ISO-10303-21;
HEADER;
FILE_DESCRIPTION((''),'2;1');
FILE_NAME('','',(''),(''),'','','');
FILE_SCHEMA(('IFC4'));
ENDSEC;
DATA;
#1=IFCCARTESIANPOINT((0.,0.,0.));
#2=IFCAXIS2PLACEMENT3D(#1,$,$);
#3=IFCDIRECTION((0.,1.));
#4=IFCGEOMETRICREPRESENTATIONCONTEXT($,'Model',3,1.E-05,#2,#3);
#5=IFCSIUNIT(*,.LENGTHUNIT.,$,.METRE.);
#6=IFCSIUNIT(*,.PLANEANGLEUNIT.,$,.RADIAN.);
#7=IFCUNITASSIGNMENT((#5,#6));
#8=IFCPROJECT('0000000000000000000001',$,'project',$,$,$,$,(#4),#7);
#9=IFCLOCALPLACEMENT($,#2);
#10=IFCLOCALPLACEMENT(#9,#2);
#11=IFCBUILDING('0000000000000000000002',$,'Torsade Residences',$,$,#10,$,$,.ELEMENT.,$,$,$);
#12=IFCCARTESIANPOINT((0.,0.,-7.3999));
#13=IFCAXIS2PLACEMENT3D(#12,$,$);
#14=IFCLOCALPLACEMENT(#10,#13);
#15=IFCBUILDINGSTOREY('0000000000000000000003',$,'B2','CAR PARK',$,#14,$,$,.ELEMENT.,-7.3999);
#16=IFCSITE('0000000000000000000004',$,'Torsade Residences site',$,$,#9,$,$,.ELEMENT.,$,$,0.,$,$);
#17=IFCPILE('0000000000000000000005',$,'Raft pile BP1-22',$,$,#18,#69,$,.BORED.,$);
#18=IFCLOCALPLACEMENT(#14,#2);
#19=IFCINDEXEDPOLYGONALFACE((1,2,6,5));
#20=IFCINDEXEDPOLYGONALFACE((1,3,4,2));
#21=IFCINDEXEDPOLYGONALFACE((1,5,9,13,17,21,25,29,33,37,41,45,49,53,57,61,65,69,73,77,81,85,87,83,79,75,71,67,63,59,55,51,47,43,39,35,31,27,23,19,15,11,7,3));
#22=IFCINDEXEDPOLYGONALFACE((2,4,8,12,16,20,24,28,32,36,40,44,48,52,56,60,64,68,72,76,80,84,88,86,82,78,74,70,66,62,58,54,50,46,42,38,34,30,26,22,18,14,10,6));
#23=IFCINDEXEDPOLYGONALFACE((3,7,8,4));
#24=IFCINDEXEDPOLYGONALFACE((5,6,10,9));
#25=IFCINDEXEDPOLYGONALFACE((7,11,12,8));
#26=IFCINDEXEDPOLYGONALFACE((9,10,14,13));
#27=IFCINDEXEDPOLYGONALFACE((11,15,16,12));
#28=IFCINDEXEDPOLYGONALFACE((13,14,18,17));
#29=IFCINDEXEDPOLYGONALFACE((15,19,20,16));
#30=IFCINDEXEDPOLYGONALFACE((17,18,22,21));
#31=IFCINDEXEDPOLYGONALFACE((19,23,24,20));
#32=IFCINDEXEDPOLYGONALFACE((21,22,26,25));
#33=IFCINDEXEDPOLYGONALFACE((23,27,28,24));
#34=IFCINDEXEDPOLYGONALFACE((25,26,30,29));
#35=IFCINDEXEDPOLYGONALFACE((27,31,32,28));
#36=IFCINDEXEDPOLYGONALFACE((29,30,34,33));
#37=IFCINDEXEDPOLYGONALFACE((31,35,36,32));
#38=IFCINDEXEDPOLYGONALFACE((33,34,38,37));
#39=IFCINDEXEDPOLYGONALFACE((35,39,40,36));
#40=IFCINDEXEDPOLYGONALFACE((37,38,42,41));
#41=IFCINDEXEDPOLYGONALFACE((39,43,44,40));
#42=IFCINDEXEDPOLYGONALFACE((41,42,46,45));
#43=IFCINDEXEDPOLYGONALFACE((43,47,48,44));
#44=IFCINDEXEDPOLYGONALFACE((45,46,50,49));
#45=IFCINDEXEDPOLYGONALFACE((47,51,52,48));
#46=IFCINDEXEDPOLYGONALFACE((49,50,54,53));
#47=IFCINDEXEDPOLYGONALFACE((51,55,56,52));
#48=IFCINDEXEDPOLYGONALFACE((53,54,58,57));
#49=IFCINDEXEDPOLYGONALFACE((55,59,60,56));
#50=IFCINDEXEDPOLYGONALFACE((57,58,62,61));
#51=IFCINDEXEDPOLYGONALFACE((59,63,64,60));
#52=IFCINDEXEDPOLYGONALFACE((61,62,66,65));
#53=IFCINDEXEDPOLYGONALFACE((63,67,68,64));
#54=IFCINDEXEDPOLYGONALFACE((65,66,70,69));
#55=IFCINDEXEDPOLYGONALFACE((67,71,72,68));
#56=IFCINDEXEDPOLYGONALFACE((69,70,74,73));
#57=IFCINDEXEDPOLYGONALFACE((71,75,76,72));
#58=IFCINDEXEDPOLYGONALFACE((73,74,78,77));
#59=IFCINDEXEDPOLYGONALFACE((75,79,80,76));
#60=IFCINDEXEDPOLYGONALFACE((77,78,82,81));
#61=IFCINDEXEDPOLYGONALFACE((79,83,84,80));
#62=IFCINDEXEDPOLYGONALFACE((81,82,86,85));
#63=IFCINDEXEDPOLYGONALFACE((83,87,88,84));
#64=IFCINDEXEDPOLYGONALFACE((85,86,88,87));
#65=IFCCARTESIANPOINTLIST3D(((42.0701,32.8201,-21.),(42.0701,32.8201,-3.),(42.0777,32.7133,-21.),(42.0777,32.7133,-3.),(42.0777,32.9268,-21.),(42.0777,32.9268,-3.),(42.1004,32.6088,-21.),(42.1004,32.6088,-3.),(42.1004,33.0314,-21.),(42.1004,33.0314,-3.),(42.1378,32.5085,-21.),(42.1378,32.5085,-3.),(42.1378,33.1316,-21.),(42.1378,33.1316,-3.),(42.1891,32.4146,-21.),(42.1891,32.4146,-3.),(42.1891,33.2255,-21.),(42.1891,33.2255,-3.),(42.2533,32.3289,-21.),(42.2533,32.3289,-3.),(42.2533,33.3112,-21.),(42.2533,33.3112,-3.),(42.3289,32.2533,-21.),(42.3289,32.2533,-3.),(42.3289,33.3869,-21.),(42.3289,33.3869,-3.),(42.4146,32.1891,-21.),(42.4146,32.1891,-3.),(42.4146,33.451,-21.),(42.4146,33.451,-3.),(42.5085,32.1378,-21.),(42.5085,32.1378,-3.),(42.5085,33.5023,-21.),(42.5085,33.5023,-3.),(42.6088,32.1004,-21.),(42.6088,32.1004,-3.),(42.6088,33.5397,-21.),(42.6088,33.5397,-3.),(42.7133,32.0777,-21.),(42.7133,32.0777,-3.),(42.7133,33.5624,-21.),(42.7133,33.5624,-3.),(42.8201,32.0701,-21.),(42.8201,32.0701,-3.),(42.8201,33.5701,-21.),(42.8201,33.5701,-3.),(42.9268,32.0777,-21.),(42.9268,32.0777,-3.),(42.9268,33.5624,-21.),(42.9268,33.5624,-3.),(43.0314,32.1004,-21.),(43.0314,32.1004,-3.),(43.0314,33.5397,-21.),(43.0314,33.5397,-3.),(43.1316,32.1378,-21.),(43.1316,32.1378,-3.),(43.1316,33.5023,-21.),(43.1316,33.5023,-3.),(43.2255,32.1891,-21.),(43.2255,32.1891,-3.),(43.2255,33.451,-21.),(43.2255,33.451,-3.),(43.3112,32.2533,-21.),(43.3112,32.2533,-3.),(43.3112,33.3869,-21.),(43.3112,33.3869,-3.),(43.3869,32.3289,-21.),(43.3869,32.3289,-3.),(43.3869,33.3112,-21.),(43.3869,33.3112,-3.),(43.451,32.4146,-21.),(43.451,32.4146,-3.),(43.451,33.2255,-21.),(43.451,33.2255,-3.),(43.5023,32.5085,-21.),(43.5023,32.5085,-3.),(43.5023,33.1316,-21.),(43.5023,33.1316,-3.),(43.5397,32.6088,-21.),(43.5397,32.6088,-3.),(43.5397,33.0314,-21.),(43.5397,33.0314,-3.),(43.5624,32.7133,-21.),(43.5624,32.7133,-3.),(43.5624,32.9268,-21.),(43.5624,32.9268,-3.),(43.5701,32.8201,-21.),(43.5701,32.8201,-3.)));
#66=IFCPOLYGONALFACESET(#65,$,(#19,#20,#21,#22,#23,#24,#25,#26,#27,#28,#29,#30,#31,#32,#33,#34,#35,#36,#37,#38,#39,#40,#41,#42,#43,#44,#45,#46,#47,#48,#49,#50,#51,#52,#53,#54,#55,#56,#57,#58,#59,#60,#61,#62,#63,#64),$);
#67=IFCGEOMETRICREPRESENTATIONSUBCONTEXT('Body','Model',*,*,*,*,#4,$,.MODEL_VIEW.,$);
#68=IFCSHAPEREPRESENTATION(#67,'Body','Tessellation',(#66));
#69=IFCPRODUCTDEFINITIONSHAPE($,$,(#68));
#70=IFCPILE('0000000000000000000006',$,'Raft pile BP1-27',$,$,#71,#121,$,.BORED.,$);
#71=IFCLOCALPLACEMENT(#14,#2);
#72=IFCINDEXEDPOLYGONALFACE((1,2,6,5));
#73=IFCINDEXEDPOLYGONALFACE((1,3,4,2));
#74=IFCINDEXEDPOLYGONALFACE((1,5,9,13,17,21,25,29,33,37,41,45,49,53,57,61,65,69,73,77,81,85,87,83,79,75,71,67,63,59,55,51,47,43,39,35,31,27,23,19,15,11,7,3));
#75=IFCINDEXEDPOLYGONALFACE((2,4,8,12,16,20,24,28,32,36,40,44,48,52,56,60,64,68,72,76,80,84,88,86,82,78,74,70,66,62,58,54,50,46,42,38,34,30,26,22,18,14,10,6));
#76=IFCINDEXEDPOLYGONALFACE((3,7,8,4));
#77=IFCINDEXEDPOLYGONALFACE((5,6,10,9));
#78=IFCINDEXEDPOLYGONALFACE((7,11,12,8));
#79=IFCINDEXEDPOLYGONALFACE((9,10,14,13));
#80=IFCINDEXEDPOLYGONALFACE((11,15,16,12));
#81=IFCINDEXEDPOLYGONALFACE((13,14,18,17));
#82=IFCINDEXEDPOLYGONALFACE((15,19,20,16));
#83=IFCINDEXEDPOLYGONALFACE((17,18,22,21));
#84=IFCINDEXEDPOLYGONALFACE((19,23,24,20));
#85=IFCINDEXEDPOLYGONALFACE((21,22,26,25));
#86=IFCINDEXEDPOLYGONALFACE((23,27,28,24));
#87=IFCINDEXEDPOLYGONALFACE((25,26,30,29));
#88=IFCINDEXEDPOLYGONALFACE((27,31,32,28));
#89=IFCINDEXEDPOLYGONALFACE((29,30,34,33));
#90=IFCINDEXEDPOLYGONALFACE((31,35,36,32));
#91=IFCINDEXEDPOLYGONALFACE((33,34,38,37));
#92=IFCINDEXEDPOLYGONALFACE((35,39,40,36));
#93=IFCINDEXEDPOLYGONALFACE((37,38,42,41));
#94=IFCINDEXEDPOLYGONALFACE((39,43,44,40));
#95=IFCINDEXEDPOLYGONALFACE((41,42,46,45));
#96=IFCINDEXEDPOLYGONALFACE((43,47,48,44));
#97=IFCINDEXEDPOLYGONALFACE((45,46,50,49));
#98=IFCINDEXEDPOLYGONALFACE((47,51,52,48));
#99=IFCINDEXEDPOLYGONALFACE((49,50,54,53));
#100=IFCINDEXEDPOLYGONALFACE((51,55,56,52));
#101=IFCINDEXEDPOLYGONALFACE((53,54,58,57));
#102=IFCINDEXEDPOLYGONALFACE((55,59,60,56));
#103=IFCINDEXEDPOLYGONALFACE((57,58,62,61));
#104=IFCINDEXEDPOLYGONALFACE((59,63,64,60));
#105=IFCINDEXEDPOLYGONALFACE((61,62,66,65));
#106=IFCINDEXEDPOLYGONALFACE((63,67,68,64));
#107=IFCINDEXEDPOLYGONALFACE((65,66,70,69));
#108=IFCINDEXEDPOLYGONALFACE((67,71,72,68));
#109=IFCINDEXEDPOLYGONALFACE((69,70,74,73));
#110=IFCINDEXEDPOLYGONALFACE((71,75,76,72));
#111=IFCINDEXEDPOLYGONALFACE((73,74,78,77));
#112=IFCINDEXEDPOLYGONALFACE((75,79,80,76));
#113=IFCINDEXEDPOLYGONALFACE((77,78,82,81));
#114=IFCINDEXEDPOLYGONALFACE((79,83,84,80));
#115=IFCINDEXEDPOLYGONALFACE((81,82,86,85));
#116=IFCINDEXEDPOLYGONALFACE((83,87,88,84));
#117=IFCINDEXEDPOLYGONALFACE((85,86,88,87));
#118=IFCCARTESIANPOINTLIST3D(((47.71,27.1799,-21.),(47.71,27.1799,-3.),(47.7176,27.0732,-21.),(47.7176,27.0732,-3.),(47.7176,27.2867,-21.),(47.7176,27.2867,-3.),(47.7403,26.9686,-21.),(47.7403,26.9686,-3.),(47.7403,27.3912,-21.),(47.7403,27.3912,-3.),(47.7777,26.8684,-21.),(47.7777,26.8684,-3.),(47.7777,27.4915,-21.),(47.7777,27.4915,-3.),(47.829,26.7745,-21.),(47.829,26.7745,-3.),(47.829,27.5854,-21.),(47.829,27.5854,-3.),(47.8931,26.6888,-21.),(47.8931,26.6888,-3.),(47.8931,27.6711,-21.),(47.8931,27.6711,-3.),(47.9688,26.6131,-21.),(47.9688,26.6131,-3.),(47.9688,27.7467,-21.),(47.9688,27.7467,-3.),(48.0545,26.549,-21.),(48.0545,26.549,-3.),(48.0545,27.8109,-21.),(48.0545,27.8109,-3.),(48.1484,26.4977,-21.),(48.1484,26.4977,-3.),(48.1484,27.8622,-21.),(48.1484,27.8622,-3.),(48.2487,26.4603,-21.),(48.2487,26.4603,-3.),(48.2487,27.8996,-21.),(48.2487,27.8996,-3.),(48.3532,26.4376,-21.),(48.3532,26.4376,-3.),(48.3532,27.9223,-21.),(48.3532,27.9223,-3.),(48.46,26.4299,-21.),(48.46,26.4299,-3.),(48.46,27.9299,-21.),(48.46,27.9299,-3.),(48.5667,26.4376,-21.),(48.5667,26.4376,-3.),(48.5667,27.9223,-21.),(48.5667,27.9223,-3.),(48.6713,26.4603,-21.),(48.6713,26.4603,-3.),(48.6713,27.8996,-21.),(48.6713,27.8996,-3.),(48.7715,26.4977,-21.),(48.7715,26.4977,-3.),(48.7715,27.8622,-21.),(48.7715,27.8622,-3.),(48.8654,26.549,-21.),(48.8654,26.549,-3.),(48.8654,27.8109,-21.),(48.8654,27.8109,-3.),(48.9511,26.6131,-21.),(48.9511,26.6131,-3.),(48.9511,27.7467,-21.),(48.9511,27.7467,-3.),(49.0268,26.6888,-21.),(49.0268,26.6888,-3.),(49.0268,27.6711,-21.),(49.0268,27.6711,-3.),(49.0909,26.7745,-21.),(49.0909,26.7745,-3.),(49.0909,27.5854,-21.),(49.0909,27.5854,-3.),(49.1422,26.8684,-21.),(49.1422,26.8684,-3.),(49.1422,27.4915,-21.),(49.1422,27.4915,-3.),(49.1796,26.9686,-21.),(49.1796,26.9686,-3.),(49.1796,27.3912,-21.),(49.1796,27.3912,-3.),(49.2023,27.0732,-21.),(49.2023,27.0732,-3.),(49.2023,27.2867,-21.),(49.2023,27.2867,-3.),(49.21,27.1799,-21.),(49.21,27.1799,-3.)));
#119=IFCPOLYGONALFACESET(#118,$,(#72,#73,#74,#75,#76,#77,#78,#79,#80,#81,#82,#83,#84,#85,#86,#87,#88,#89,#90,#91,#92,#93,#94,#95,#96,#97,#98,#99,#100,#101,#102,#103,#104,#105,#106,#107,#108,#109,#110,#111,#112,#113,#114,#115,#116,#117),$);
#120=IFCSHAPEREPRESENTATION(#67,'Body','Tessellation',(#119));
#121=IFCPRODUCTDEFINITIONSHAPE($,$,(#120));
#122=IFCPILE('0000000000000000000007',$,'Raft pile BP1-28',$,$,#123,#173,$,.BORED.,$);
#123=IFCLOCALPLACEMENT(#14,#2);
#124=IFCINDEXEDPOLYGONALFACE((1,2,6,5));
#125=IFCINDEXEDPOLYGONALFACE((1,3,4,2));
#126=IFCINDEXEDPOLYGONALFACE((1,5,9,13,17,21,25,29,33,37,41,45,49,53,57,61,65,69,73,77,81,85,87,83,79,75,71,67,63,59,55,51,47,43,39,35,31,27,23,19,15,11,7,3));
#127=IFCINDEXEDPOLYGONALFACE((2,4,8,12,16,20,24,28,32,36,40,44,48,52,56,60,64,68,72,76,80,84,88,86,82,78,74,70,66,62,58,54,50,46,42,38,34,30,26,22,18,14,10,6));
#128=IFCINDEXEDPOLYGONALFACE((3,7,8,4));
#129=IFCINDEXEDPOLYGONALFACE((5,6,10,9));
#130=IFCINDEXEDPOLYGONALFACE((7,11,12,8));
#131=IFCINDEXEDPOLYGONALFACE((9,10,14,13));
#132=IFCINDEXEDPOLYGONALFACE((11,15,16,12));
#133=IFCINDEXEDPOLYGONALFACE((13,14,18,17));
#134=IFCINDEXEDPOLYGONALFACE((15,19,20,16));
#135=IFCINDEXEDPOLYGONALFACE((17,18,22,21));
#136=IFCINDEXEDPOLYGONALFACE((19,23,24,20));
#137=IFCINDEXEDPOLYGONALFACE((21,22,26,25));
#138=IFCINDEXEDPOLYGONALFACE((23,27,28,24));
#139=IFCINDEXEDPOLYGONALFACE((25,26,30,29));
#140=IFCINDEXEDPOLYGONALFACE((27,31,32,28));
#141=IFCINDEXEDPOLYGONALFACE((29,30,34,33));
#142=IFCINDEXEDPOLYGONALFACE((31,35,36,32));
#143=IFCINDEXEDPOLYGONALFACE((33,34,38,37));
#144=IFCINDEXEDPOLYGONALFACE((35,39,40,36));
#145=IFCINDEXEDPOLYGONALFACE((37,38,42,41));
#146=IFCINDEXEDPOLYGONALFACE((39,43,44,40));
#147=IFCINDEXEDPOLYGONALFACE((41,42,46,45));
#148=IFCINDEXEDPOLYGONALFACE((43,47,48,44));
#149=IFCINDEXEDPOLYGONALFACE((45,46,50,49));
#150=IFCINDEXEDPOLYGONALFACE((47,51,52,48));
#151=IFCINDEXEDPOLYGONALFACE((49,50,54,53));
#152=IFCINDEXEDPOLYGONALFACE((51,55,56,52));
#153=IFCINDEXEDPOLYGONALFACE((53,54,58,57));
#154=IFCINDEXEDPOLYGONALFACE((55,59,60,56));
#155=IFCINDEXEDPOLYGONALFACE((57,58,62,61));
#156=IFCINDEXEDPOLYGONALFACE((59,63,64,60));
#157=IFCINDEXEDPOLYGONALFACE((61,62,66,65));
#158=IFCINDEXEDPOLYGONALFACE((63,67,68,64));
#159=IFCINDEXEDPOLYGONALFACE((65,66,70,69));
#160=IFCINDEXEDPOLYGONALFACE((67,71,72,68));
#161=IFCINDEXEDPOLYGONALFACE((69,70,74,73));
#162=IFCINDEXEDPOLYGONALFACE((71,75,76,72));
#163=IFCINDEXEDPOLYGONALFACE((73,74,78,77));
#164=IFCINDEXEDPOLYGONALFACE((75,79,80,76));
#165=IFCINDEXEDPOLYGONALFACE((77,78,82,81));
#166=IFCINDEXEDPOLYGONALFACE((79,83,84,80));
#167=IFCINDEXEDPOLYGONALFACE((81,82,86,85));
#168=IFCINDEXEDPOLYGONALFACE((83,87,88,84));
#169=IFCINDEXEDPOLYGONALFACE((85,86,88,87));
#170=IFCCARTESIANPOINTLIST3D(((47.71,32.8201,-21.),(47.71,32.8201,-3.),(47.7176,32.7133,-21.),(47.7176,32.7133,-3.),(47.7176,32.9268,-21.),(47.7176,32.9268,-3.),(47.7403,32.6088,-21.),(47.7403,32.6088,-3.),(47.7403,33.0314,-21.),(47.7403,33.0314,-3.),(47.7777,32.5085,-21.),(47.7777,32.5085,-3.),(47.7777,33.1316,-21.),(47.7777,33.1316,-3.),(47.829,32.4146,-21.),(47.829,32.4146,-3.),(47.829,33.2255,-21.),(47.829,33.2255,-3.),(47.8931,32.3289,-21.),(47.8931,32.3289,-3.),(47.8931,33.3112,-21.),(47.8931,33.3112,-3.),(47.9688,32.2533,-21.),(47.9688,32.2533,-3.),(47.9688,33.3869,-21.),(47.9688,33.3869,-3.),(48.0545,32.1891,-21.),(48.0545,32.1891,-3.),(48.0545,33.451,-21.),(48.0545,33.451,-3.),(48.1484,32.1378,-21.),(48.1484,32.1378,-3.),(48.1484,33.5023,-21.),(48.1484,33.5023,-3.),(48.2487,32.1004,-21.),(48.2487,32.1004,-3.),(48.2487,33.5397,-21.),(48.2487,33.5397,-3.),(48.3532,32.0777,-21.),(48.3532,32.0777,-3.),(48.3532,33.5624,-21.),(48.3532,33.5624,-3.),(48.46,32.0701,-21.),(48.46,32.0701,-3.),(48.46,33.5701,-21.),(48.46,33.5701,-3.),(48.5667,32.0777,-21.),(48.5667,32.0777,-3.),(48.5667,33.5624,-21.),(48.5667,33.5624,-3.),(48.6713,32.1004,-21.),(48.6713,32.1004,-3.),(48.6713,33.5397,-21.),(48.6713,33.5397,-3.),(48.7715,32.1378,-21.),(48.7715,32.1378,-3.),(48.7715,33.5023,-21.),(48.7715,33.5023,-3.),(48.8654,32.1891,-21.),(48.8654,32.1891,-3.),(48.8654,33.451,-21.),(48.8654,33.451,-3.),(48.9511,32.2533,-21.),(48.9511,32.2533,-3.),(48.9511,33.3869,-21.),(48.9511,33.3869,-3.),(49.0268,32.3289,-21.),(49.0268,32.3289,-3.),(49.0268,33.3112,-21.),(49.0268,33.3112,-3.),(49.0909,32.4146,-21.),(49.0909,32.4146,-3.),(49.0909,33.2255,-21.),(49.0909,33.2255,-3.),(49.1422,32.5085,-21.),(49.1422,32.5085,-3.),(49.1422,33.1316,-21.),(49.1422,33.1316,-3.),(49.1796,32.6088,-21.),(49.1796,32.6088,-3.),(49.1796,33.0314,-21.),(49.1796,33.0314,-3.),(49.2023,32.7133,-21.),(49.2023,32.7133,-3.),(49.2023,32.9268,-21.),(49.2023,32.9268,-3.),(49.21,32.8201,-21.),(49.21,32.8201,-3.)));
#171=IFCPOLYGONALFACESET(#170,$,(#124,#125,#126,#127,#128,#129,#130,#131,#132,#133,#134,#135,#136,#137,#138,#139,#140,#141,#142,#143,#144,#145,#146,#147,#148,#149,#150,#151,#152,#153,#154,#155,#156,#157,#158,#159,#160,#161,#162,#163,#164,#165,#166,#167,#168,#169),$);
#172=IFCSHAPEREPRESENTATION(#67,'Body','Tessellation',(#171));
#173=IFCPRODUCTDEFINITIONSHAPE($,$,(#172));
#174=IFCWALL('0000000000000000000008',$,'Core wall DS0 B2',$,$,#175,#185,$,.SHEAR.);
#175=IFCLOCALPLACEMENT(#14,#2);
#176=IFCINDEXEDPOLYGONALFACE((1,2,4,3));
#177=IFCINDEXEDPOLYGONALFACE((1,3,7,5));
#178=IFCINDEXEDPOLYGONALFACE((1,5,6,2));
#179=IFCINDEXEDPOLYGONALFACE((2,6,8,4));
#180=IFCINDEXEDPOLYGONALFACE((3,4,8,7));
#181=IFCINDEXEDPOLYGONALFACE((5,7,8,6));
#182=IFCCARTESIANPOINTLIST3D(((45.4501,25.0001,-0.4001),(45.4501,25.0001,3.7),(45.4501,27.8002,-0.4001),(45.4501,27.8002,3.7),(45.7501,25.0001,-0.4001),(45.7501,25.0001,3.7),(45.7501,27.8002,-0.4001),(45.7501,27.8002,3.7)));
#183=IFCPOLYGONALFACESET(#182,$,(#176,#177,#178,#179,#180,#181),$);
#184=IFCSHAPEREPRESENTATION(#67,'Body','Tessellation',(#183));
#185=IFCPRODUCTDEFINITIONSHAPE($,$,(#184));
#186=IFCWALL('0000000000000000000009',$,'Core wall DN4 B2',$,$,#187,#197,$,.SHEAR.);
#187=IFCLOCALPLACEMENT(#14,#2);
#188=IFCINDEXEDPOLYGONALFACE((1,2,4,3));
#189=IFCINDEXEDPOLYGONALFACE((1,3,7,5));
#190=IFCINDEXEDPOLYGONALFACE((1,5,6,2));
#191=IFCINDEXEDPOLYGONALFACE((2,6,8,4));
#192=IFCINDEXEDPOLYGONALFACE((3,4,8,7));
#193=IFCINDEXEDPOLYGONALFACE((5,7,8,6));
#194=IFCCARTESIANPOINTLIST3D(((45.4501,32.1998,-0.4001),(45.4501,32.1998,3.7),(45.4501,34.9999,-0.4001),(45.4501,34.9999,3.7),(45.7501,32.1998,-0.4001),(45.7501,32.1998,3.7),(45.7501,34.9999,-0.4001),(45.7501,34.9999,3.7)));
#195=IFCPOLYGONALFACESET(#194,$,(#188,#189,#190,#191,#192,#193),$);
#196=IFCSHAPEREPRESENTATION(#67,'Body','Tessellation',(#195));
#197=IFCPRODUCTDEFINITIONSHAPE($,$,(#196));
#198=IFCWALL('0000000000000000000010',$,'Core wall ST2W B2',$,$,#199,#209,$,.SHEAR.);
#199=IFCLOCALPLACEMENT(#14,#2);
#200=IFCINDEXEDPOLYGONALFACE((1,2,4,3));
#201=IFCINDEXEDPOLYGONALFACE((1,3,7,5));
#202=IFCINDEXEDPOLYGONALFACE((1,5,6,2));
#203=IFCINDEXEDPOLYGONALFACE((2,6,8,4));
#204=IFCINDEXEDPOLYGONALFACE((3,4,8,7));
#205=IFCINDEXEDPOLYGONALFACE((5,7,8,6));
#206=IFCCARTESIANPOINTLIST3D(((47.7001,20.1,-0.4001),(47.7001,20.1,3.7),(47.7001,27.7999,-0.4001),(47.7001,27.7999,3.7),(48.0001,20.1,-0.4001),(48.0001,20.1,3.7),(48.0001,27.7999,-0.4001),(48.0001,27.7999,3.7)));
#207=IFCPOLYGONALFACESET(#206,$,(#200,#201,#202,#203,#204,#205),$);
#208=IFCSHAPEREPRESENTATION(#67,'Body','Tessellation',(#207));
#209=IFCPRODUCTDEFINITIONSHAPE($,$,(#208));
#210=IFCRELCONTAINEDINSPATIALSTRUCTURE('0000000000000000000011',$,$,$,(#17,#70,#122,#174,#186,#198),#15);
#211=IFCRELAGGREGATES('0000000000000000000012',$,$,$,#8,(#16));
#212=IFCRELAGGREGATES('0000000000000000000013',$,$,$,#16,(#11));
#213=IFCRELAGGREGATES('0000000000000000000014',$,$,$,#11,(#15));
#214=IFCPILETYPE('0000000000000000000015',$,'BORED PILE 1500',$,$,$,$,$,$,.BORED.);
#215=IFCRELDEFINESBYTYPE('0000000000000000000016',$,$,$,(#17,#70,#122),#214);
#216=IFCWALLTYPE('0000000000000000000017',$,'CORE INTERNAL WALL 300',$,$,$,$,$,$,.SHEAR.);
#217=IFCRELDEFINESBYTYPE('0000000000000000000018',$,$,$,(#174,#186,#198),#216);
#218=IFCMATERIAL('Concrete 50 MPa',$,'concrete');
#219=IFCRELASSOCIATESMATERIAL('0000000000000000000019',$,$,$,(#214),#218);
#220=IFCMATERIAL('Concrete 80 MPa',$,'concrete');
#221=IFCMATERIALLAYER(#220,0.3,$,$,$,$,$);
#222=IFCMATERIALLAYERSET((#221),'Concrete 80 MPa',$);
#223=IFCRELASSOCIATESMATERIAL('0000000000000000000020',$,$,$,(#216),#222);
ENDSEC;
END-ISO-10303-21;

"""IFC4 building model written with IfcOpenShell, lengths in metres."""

from ifc_helpers import new_model, si_unit, direction, frame, frame_2d, origin, origin_2d, place, context, subcontext, project, spatial, rectangle, circle, extrude, material, layer, layer_set, type_object, element, save


model = new_model("IFC4")

# Units and contexts
model_context = context("Model", 3, precision=1e-05, world=origin(), true_north=direction((0.0, 1.0)))
body_context = subcontext(model_context, "Body", "Model", "MODEL_VIEW")
ifc_project = project(units=[si_unit("LENGTHUNIT", "METRE"), si_unit("PLANEANGLEUNIT", "RADIAN")], contexts=[model_context])

# Site, building, storey
site_placement = place(None, origin())
site = spatial("IfcSite", under=ifc_project, at=site_placement, Name="Torsade Residences site", CompositionType="ELEMENT", RefElevation=0.0)
building_placement = place(site_placement, origin())
building = spatial("IfcBuilding", under=site, at=building_placement, Name="Torsade Residences", CompositionType="ELEMENT")
storey_placement = place(building_placement, frame((0.0, 0.0, -7.3999)))
storey = spatial("IfcBuildingStorey", under=building, at=storey_placement, Name="B2", Description="CAR PARK", CompositionType="ELEMENT", Elevation=-7.3999)

# Piles
ifc_material_1 = material(Name="Concrete 50 MPa", Category="concrete")
pile_type = type_object("IfcPileType", Name="BORED PILE 1500", PredefinedType="BORED", material=ifc_material_1)
for number, where, z_axis, x_axis, name in (
    (1, (42.8201, 32.8201, -3.0), (0.0, 0.0, -1.0), (1.0, 0.0, 0.0), "Raft pile BP1-22"),
    (2, (48.46, 27.1799, -3.0), (0.0, 0.0, -1.0), (1.0, 0.0, 0.0), "Raft pile BP1-27"),
    (3, (48.46, 32.8201, -3.0), (0.0, 0.0, -1.0), (1.0, 0.0, 0.0), "Raft pile BP1-28"),
):
    element("IfcPile", number, at=place(storey_placement, frame(where, z_axis=z_axis, x_axis=x_axis)), inside=storey, type_object=pile_type, Name=name, PredefinedType="BORED", context=body_context, shape_type="SweptSolid", body=[
        extrude(circle(Radius=0.75, at=origin_2d()), origin(), (0.0, 0.0, 1.0), 18.0),
    ])

# Walls
ifc_material_2 = material(Name="Concrete 80 MPa", Category="concrete")
ifc_layer_1 = layer(ifc_material_2, 0.3)
ifc_layer_set_1 = layer_set([ifc_layer_1], Name="Concrete 80 MPa")
wall_type_1 = type_object("IfcWallType", Name="CORE INTERNAL WALL 300", PredefinedType="SHEAR", material=ifc_layer_set_1)
for number, where, z_axis, x_axis, name in (
    (4, (45.6001, 27.8, -0.4001), (0.0, 0.0, 1.0), (0.0, -1.0, 0.0), "Core wall DS0 B2"),
    (5, (45.6001, 32.2, -0.4001), (0.0, 0.0, 1.0), (0.0, 1.0, 0.0), "Core wall DN4 B2"),
):
    element("IfcWall", number, at=place(storey_placement, frame(where, z_axis=z_axis, x_axis=x_axis)), inside=storey, type_object=wall_type_1, Name=name, PredefinedType="SHEAR", context=body_context, shape_type="SweptSolid", body=[
        extrude(rectangle(XDim=2.8, YDim=0.3, at=frame_2d((1.3999, 0.0))), origin(), (0.0, 0.0, 1.0), 4.1001),
    ])
wall_placement = place(storey_placement, frame((47.8501, 27.8, -0.4001), z_axis=(0.0, 0.0, 1.0), x_axis=(0.0, -1.0, 0.0)))
element("IfcWall", 6, at=wall_placement, inside=storey, type_object=wall_type_1, Name="Core wall ST2W B2", PredefinedType="SHEAR", context=body_context, shape_type="SweptSolid", body=[
    extrude(rectangle(XDim=7.7, YDim=0.3, at=frame_2d((3.8501, 0.0))), origin(), (0.0, 0.0, 1.0), 4.1001),
])

save(model, "model.ifc")
